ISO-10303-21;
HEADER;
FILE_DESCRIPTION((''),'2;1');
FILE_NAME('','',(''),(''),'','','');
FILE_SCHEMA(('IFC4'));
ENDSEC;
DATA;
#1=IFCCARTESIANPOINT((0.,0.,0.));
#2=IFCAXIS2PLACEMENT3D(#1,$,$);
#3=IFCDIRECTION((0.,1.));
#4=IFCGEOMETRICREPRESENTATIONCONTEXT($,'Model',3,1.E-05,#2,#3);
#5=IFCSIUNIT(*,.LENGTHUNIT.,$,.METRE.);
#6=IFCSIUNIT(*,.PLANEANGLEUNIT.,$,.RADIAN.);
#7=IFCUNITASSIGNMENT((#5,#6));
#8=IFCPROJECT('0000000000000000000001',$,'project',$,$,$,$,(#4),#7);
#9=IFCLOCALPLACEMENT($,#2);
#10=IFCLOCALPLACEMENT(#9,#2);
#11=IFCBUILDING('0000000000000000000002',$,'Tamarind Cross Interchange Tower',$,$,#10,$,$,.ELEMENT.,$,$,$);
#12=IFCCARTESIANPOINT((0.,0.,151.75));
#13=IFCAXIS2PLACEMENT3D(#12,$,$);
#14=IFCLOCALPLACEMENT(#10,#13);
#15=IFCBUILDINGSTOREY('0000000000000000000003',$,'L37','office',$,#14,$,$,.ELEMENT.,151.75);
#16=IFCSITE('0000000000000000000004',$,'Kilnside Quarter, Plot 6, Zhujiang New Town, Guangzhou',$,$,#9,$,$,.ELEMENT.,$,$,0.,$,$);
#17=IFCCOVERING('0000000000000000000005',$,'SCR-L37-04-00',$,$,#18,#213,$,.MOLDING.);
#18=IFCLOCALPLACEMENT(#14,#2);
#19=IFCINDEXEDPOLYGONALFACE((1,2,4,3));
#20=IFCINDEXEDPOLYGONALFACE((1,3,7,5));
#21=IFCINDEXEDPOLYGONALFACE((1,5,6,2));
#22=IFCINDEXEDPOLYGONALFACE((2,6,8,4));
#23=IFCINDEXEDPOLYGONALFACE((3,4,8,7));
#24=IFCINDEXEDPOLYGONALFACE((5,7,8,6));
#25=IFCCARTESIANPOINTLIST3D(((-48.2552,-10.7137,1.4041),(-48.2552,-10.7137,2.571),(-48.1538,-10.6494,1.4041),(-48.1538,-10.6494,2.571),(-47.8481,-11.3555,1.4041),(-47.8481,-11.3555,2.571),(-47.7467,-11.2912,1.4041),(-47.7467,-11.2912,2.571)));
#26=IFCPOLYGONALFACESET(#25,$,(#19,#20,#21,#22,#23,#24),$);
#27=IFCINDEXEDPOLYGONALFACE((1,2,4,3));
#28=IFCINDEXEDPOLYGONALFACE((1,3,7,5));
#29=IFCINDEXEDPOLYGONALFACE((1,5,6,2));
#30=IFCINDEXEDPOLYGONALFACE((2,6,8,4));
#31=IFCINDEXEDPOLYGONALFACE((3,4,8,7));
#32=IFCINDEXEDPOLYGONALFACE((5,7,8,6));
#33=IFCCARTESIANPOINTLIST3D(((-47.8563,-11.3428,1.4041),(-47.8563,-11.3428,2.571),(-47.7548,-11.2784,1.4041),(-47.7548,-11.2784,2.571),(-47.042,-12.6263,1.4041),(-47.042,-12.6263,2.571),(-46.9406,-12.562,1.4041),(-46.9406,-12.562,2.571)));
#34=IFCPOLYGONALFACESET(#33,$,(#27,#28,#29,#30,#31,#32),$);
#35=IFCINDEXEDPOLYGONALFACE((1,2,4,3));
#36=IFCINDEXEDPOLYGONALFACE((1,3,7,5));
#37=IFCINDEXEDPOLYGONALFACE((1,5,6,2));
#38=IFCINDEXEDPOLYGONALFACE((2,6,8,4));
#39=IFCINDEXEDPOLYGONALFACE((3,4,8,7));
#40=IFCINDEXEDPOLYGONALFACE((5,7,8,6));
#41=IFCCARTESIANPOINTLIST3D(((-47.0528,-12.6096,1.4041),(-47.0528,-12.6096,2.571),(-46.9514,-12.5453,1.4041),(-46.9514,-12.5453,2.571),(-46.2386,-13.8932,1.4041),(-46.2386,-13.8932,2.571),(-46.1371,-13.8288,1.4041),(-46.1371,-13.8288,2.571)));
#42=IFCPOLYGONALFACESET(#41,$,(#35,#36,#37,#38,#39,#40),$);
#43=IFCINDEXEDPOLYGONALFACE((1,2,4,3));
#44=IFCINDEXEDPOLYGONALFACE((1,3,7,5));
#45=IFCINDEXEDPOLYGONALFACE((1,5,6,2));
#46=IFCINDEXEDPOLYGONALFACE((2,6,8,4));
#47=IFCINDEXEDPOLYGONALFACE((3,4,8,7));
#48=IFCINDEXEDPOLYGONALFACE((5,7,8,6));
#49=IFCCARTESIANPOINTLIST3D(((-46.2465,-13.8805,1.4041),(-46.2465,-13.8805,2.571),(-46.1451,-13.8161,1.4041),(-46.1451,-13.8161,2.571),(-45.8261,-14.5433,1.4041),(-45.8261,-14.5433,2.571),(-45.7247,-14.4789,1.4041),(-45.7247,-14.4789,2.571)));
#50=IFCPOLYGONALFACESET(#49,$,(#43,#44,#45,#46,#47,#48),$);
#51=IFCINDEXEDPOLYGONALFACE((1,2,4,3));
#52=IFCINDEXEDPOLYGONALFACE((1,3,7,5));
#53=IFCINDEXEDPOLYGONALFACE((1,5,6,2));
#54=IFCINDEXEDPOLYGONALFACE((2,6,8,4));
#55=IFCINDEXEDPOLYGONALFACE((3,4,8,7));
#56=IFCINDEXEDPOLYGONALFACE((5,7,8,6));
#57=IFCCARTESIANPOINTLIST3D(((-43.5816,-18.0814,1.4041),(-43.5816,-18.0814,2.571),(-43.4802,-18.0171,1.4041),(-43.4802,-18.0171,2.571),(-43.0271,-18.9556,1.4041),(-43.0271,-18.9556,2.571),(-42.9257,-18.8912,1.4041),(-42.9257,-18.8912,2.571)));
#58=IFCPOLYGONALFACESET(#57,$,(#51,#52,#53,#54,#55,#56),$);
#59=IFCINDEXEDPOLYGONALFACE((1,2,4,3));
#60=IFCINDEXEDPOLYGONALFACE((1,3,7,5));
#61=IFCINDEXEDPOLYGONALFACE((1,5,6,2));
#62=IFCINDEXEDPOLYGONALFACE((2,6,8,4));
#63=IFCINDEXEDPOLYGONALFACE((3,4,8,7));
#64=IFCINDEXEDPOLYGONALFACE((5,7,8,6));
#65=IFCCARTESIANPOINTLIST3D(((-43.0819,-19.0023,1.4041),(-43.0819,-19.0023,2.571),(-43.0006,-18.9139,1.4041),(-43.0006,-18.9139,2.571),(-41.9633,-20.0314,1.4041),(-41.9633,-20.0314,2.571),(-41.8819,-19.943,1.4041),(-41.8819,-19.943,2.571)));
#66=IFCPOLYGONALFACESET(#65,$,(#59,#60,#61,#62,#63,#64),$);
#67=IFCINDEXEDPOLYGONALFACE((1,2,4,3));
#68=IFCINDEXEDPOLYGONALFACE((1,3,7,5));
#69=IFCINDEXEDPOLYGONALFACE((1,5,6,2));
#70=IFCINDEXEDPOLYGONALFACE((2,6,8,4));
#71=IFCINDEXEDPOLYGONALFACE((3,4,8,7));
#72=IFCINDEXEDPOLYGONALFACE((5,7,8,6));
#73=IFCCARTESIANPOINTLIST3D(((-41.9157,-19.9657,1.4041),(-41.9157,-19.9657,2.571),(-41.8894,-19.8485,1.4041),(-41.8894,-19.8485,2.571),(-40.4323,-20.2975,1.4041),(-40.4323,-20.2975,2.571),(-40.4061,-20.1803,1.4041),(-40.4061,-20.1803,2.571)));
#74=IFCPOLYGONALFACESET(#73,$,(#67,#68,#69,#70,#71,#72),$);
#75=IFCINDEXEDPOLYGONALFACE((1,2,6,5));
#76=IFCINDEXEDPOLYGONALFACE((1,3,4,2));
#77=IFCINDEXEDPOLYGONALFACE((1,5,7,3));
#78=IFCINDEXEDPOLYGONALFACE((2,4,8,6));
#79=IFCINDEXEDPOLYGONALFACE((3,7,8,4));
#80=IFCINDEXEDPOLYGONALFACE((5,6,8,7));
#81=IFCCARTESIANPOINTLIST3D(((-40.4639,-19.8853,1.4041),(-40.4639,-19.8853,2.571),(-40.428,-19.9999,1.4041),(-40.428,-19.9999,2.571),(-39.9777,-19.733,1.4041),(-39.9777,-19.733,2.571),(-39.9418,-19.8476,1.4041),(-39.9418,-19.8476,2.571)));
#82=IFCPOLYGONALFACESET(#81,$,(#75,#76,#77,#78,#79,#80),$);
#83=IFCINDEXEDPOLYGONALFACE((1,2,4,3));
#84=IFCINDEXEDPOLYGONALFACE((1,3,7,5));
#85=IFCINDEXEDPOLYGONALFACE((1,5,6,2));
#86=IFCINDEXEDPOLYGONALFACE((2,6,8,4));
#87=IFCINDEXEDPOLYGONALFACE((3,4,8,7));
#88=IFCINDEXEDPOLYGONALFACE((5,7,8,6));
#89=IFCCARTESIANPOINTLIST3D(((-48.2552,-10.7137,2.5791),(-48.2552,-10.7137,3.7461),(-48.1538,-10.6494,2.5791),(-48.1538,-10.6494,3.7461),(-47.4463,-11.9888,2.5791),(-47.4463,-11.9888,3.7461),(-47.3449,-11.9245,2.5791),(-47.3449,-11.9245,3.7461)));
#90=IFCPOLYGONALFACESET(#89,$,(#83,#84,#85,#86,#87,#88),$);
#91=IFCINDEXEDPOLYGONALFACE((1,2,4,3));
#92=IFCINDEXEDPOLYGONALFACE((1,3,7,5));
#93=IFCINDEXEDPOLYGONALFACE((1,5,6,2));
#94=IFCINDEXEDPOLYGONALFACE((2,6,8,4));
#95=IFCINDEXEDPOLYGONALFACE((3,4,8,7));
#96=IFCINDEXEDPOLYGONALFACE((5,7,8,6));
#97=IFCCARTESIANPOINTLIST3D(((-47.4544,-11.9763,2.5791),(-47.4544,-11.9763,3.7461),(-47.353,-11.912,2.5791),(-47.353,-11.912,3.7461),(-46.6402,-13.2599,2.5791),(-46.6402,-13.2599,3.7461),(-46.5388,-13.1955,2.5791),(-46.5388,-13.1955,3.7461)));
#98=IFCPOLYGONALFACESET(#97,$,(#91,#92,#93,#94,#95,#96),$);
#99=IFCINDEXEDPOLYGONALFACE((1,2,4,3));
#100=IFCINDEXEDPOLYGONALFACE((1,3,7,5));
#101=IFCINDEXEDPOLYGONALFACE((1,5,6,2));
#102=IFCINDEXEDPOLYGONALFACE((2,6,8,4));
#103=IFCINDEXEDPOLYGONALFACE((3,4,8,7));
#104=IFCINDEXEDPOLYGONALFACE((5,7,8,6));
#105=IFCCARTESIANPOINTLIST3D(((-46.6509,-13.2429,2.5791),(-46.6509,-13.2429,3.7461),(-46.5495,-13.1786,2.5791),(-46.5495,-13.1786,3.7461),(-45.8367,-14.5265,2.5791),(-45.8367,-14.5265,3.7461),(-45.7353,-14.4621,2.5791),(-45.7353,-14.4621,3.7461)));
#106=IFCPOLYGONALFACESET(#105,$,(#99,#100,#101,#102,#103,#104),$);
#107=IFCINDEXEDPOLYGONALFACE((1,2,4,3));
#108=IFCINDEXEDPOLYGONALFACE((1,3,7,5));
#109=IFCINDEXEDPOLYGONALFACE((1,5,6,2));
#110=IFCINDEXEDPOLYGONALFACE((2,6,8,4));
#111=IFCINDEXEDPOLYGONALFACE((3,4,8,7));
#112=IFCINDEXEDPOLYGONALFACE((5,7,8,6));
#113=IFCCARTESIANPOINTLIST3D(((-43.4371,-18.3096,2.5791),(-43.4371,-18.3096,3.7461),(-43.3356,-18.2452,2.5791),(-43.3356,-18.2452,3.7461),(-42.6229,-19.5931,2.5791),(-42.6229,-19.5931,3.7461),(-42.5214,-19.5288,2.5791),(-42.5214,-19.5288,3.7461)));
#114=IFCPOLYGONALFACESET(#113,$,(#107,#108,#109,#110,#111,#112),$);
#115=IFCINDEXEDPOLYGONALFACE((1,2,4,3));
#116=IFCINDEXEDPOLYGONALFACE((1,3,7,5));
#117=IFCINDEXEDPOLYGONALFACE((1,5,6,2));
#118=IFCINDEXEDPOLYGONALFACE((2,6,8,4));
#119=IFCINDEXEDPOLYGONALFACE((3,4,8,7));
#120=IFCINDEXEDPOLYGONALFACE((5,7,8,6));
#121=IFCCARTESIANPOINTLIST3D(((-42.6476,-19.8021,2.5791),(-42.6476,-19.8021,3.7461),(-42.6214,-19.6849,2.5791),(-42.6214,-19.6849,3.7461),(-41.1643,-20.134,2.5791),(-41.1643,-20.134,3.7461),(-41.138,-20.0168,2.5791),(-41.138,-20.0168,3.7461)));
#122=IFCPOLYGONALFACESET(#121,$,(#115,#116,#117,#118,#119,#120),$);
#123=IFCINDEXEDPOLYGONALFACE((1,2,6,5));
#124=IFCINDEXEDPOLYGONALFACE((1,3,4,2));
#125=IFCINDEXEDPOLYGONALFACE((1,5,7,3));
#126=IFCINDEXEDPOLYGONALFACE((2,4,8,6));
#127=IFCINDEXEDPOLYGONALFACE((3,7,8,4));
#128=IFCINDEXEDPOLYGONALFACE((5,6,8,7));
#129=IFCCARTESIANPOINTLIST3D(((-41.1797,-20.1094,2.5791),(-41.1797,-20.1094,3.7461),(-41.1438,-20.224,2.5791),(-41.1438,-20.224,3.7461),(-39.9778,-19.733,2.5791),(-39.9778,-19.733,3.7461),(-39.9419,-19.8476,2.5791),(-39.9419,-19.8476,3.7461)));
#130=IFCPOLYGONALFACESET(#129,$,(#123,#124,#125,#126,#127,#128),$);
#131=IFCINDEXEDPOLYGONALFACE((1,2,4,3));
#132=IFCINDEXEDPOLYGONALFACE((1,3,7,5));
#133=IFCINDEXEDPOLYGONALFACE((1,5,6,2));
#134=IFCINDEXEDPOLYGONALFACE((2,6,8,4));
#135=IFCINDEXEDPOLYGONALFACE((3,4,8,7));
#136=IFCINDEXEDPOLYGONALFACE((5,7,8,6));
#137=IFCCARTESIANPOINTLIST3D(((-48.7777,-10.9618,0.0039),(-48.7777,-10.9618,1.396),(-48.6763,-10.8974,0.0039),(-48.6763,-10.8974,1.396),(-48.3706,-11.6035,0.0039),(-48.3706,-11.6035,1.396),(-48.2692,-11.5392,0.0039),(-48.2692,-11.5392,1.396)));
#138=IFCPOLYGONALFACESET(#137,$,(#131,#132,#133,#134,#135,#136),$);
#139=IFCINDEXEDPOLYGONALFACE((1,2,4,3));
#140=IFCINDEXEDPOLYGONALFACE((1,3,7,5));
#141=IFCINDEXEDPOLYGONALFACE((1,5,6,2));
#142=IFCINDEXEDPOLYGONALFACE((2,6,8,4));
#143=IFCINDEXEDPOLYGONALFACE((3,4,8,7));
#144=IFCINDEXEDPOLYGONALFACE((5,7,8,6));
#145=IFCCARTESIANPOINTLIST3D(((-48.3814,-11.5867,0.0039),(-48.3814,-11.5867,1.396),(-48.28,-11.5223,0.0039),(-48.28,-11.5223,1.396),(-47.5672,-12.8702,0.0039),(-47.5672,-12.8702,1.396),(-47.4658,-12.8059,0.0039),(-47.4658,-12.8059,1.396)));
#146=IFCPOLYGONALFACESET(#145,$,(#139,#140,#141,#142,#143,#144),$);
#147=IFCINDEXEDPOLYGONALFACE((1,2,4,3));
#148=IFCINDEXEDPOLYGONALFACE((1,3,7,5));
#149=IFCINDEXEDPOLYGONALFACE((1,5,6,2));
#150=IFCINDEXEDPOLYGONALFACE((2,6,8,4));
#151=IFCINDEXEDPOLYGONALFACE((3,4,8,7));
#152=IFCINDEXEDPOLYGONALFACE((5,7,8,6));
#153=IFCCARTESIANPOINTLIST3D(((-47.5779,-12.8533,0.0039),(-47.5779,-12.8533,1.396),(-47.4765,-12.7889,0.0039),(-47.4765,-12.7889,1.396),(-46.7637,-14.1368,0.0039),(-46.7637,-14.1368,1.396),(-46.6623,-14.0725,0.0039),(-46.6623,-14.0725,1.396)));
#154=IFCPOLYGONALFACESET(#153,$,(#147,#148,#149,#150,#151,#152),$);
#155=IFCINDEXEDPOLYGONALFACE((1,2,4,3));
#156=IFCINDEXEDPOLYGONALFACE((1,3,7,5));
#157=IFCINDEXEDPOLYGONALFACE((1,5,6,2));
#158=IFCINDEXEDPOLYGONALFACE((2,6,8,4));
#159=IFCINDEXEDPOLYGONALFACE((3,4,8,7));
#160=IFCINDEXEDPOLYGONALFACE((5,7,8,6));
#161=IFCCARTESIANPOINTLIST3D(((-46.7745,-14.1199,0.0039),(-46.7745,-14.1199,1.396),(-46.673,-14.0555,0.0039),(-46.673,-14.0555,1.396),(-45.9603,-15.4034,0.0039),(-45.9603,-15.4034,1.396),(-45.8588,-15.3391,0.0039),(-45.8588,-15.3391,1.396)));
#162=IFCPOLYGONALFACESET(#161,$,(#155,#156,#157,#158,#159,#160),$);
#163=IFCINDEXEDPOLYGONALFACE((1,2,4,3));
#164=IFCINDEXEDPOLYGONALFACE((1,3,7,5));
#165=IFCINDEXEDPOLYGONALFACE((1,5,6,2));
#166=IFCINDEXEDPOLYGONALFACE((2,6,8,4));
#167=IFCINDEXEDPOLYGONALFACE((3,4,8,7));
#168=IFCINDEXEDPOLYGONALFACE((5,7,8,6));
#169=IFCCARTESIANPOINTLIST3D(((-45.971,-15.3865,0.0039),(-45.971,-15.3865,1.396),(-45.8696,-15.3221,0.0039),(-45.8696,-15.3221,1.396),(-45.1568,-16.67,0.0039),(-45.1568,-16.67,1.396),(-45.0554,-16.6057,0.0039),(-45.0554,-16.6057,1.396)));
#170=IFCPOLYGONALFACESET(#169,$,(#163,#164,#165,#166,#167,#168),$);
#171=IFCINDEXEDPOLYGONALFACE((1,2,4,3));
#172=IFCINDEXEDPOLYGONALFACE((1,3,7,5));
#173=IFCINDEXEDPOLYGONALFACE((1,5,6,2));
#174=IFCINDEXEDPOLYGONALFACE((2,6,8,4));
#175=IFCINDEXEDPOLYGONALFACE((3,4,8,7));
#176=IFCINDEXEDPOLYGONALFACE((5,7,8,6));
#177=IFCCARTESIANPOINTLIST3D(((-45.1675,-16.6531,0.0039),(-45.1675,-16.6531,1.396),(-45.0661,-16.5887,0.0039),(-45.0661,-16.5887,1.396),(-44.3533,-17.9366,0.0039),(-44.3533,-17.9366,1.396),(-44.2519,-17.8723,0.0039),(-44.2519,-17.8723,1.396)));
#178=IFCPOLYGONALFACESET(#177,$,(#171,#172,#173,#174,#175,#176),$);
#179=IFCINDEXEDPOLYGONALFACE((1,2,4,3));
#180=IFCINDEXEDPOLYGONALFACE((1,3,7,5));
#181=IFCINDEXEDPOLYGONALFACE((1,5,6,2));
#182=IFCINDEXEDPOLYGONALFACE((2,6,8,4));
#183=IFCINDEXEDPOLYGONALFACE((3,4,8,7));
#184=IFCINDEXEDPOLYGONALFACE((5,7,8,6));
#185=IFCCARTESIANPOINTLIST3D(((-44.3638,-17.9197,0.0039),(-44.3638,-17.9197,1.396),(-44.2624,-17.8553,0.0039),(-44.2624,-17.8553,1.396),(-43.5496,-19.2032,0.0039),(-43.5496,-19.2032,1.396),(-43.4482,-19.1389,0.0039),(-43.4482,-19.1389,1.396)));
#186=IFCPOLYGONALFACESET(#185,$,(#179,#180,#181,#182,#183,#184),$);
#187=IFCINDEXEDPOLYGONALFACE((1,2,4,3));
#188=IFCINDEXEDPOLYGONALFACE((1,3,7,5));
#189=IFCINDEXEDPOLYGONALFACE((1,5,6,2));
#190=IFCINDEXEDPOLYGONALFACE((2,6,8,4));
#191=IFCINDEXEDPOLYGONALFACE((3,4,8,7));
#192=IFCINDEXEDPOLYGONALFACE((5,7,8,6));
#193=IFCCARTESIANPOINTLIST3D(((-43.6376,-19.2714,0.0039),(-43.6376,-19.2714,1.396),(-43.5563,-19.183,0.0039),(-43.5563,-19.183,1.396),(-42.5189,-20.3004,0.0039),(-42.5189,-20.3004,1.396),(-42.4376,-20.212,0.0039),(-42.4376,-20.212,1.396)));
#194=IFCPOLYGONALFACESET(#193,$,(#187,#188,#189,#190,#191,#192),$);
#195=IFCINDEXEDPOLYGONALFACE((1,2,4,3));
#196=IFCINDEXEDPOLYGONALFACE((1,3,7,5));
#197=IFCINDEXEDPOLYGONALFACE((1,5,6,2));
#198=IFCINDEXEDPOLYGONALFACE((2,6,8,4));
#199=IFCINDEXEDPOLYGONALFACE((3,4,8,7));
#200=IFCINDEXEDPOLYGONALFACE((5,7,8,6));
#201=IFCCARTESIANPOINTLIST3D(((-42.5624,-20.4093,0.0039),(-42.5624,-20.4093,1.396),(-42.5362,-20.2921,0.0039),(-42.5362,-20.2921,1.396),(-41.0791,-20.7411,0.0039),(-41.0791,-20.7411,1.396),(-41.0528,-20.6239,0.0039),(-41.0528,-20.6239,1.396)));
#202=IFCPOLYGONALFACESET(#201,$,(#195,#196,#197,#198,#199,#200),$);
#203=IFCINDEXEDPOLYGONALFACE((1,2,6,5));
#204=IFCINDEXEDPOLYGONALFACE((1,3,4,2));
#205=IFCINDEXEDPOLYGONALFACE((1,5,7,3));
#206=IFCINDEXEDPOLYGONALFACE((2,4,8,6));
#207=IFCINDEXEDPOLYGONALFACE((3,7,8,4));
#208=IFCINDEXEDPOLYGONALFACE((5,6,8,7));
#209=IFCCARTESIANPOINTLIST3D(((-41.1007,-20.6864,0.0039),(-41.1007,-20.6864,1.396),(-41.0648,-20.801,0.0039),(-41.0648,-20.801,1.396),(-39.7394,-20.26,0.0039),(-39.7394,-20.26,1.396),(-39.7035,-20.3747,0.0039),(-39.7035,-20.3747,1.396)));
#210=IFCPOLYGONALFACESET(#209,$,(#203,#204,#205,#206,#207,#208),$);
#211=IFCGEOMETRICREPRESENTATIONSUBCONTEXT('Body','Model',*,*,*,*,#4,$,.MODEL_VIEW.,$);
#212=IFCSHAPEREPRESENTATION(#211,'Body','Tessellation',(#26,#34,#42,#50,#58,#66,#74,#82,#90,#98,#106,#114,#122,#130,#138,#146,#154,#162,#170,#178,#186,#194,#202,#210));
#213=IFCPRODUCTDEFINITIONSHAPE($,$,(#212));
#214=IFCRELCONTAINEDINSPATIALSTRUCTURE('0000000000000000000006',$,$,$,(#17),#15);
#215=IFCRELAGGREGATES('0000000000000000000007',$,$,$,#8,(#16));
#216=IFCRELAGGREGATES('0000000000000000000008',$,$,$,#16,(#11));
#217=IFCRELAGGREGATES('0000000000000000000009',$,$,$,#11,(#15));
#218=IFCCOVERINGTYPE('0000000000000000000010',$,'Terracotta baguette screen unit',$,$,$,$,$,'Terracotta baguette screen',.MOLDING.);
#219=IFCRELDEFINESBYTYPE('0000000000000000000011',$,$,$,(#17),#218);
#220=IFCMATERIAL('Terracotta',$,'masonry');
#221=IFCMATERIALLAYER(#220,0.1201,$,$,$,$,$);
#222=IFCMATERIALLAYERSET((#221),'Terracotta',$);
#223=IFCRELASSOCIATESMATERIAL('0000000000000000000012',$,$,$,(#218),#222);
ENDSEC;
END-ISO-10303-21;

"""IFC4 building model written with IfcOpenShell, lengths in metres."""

from ifc_helpers import new_model, si_unit, direction, frame, origin, origin_2d, place, context, subcontext, project, spatial, rectangle, extrude, material, layer, layer_set, type_object, element, save


model = new_model("IFC4")

# Units and contexts
model_context = context("Model", 3, precision=1e-05, world=origin(), true_north=direction((0.0, 1.0)))
body_context = subcontext(model_context, "Body", "Model", "MODEL_VIEW")
ifc_project = project(units=[si_unit("LENGTHUNIT", "METRE"), si_unit("PLANEANGLEUNIT", "RADIAN")], contexts=[model_context])

# Site, building, storey
site_placement = place(None, origin())
site = spatial("IfcSite", under=ifc_project, at=site_placement, Name="Kilnside Quarter, Plot 6, Zhujiang New Town, Guangzhou", CompositionType="ELEMENT", RefElevation=0.0)
building_placement = place(site_placement, origin())
building = spatial("IfcBuilding", under=site, at=building_placement, Name="Tamarind Cross Interchange Tower", CompositionType="ELEMENT")
storey_placement = place(building_placement, frame((0.0, 0.0, 151.75)))
storey = spatial("IfcBuildingStorey", under=building, at=storey_placement, Name="L37", Description="office", CompositionType="ELEMENT", Elevation=151.75)

# Covering
ifc_material_1 = material(Name="Terracotta", Category="masonry")
ifc_layer_1 = layer(ifc_material_1, 0.1201)
ifc_layer_set_1 = layer_set([ifc_layer_1], Name="Terracotta")
covering_type = type_object("IfcCoveringType", Name="Terracotta baguette screen unit", ElementType="Terracotta baguette screen", PredefinedType="MOLDING", material=ifc_layer_set_1)
covering_1_placement = place(storey_placement, origin())
element("IfcCovering", 1, at=covering_1_placement, inside=storey, type_object=covering_type, Name="SCR-L37-04-00", PredefinedType="MOLDING", context=body_context, shape_type="SweptSolid", body=[
    extrude(rectangle(XDim=0.76, YDim=0.1201, at=origin_2d()), frame((-48.001, -11.0024, 1.4041), z_axis=(0.0, 0.0, 1.0), x_axis=(0.535662, -0.844433, 0.0)), (0.0, 0.0, 1.0), 1.167),
    extrude(rectangle(XDim=1.52, YDim=0.1201, at=origin_2d()), frame((-47.3984, -11.9524, 1.4041), z_axis=(0.0, 0.0, 1.0), x_axis=(0.535662, -0.844433, 0.0)), (0.0, 0.0, 1.0), 1.167),
    extrude(rectangle(XDim=1.52, YDim=0.1201, at=origin_2d()), frame((-46.595, -13.2192, 1.4041), z_axis=(0.0, 0.0, 1.0), x_axis=(0.535662, -0.844433, 0.0)), (0.0, 0.0, 1.0), 1.167),
    extrude(rectangle(XDim=0.7849, YDim=0.1201, at=origin_2d()), frame((-45.9856, -14.1797, 1.4041), z_axis=(0.0, 0.0, 1.0), x_axis=(0.535662, -0.844433, 0.0)), (0.0, 0.0, 1.0), 1.167),
    extrude(rectangle(XDim=1.0352, YDim=0.1201, at=origin_2d()), frame((-43.2537, -18.4863, 1.4041), z_axis=(0.0, 0.0, 1.0), x_axis=(0.535662, -0.844433, 0.0)), (0.0, 0.0, 1.0), 1.167),
    extrude(rectangle(XDim=1.52, YDim=0.1201, at=origin_2d()), frame((-42.4819, -19.4727, 1.4041), z_axis=(0.0, 0.0, 1.0), x_axis=(0.735965, -0.67702, 0.0)), (0.0, 0.0, 1.0), 1.167),
    extrude(rectangle(XDim=1.52, YDim=0.1201, at=origin_2d()), frame((-41.1609, -20.073, 1.4041), z_axis=(0.0, 0.0, 1.0), x_axis=(0.975874, -0.218334, 0.0)), (0.0, 0.0, 1.0), 1.167),
    extrude(rectangle(XDim=0.5095, YDim=0.1201, at=origin_2d()), frame((-40.2029, -19.8665, 1.4041), z_axis=(0.0, 0.0, 1.0), x_axis=(0.954299, 0.298854, 0.0)), (0.0, 0.0, 1.0), 1.167),
    extrude(rectangle(XDim=1.51, YDim=0.1201, at=origin_2d()), frame((-47.8, -11.3191, 2.5791), z_axis=(0.0, 0.0, 1.0), x_axis=(0.535662, -0.844433, 0.0)), (0.0, 0.0, 1.0), 1.167),
    extrude(rectangle(XDim=1.52, YDim=0.1201, at=origin_2d()), frame((-46.9966, -12.5859, 2.5791), z_axis=(0.0, 0.0, 1.0), x_axis=(0.535662, -0.844433, 0.0)), (0.0, 0.0, 1.0), 1.167),
    extrude(rectangle(XDim=1.52, YDim=0.1201, at=origin_2d()), frame((-46.1931, -13.8525, 2.5791), z_axis=(0.0, 0.0, 1.0), x_axis=(0.535662, -0.844433, 0.0)), (0.0, 0.0, 1.0), 1.167),
    extrude(rectangle(XDim=1.52, YDim=0.1201, at=origin_2d()), frame((-42.9792, -18.9192, 2.5791), z_axis=(0.0, 0.0, 1.0), x_axis=(0.535662, -0.844433, 0.0)), (0.0, 0.0, 1.0), 1.167),
    extrude(rectangle(XDim=1.52, YDim=0.1201, at=origin_2d()), frame((-41.8928, -19.9094, 2.5791), z_axis=(0.0, 0.0, 1.0), x_axis=(0.975874, -0.218334, 0.0)), (0.0, 0.0, 1.0), 1.167),
    extrude(rectangle(XDim=1.2595, YDim=0.1201, at=origin_2d()), frame((-40.5608, -19.9785, 2.5791), z_axis=(0.0, 0.0, 1.0), x_axis=(0.954299, 0.298854, 0.0)), (0.0, 0.0, 1.0), 1.167),
    extrude(rectangle(XDim=0.76, YDim=0.1201, at=origin_2d()), frame((-48.5234, -11.2505, 0.0039), z_axis=(0.0, 0.0, 1.0), x_axis=(0.535662, -0.844433, 0.0)), (0.0, 0.0, 1.0), 1.3921),
    extrude(rectangle(XDim=1.52, YDim=0.1201, at=origin_2d()), frame((-47.9236, -12.1963, 0.0039), z_axis=(0.0, 0.0, 1.0), x_axis=(0.535662, -0.844433, 0.0)), (0.0, 0.0, 1.0), 1.3921),
    extrude(rectangle(XDim=1.52, YDim=0.1201, at=origin_2d()), frame((-47.1201, -13.4629, 0.0039), z_axis=(0.0, 0.0, 1.0), x_axis=(0.535662, -0.844433, 0.0)), (0.0, 0.0, 1.0), 1.3921),
    extrude(rectangle(XDim=1.52, YDim=0.1201, at=origin_2d()), frame((-46.3167, -14.7295, 0.0039), z_axis=(0.0, 0.0, 1.0), x_axis=(0.535662, -0.844433, 0.0)), (0.0, 0.0, 1.0), 1.3921),
    extrude(rectangle(XDim=1.52, YDim=0.1201, at=origin_2d()), frame((-45.5132, -15.9961, 0.0039), z_axis=(0.0, 0.0, 1.0), x_axis=(0.535662, -0.844433, 0.0)), (0.0, 0.0, 1.0), 1.3921),
    extrude(rectangle(XDim=1.52, YDim=0.1201, at=origin_2d()), frame((-44.7097, -17.2627, 0.0039), z_axis=(0.0, 0.0, 1.0), x_axis=(0.535662, -0.844433, 0.0)), (0.0, 0.0, 1.0), 1.3921),
    extrude(rectangle(XDim=1.52, YDim=0.1201, at=origin_2d()), frame((-43.906, -18.5293, 0.0039), z_axis=(0.0, 0.0, 1.0), x_axis=(0.535662, -0.844433, 0.0)), (0.0, 0.0, 1.0), 1.3921),
    extrude(rectangle(XDim=1.52, YDim=0.1201, at=origin_2d()), frame((-43.0376, -19.7417, 0.0039), z_axis=(0.0, 0.0, 1.0), x_axis=(0.735965, -0.67702, 0.0)), (0.0, 0.0, 1.0), 1.3921),
    extrude(rectangle(XDim=1.52, YDim=0.1201, at=origin_2d()), frame((-41.8076, -20.5166, 0.0039), z_axis=(0.0, 0.0, 1.0), x_axis=(0.975874, -0.218334, 0.0)), (0.0, 0.0, 1.0), 1.3921),
    extrude(rectangle(XDim=1.4265, YDim=0.1201, at=origin_2d()), frame((-40.4021, -20.5305, 0.0039), z_axis=(0.0, 0.0, 1.0), x_axis=(0.954299, 0.298854, 0.0)), (0.0, 0.0, 1.0), 1.3921),
])

save(model, "model.ifc")
